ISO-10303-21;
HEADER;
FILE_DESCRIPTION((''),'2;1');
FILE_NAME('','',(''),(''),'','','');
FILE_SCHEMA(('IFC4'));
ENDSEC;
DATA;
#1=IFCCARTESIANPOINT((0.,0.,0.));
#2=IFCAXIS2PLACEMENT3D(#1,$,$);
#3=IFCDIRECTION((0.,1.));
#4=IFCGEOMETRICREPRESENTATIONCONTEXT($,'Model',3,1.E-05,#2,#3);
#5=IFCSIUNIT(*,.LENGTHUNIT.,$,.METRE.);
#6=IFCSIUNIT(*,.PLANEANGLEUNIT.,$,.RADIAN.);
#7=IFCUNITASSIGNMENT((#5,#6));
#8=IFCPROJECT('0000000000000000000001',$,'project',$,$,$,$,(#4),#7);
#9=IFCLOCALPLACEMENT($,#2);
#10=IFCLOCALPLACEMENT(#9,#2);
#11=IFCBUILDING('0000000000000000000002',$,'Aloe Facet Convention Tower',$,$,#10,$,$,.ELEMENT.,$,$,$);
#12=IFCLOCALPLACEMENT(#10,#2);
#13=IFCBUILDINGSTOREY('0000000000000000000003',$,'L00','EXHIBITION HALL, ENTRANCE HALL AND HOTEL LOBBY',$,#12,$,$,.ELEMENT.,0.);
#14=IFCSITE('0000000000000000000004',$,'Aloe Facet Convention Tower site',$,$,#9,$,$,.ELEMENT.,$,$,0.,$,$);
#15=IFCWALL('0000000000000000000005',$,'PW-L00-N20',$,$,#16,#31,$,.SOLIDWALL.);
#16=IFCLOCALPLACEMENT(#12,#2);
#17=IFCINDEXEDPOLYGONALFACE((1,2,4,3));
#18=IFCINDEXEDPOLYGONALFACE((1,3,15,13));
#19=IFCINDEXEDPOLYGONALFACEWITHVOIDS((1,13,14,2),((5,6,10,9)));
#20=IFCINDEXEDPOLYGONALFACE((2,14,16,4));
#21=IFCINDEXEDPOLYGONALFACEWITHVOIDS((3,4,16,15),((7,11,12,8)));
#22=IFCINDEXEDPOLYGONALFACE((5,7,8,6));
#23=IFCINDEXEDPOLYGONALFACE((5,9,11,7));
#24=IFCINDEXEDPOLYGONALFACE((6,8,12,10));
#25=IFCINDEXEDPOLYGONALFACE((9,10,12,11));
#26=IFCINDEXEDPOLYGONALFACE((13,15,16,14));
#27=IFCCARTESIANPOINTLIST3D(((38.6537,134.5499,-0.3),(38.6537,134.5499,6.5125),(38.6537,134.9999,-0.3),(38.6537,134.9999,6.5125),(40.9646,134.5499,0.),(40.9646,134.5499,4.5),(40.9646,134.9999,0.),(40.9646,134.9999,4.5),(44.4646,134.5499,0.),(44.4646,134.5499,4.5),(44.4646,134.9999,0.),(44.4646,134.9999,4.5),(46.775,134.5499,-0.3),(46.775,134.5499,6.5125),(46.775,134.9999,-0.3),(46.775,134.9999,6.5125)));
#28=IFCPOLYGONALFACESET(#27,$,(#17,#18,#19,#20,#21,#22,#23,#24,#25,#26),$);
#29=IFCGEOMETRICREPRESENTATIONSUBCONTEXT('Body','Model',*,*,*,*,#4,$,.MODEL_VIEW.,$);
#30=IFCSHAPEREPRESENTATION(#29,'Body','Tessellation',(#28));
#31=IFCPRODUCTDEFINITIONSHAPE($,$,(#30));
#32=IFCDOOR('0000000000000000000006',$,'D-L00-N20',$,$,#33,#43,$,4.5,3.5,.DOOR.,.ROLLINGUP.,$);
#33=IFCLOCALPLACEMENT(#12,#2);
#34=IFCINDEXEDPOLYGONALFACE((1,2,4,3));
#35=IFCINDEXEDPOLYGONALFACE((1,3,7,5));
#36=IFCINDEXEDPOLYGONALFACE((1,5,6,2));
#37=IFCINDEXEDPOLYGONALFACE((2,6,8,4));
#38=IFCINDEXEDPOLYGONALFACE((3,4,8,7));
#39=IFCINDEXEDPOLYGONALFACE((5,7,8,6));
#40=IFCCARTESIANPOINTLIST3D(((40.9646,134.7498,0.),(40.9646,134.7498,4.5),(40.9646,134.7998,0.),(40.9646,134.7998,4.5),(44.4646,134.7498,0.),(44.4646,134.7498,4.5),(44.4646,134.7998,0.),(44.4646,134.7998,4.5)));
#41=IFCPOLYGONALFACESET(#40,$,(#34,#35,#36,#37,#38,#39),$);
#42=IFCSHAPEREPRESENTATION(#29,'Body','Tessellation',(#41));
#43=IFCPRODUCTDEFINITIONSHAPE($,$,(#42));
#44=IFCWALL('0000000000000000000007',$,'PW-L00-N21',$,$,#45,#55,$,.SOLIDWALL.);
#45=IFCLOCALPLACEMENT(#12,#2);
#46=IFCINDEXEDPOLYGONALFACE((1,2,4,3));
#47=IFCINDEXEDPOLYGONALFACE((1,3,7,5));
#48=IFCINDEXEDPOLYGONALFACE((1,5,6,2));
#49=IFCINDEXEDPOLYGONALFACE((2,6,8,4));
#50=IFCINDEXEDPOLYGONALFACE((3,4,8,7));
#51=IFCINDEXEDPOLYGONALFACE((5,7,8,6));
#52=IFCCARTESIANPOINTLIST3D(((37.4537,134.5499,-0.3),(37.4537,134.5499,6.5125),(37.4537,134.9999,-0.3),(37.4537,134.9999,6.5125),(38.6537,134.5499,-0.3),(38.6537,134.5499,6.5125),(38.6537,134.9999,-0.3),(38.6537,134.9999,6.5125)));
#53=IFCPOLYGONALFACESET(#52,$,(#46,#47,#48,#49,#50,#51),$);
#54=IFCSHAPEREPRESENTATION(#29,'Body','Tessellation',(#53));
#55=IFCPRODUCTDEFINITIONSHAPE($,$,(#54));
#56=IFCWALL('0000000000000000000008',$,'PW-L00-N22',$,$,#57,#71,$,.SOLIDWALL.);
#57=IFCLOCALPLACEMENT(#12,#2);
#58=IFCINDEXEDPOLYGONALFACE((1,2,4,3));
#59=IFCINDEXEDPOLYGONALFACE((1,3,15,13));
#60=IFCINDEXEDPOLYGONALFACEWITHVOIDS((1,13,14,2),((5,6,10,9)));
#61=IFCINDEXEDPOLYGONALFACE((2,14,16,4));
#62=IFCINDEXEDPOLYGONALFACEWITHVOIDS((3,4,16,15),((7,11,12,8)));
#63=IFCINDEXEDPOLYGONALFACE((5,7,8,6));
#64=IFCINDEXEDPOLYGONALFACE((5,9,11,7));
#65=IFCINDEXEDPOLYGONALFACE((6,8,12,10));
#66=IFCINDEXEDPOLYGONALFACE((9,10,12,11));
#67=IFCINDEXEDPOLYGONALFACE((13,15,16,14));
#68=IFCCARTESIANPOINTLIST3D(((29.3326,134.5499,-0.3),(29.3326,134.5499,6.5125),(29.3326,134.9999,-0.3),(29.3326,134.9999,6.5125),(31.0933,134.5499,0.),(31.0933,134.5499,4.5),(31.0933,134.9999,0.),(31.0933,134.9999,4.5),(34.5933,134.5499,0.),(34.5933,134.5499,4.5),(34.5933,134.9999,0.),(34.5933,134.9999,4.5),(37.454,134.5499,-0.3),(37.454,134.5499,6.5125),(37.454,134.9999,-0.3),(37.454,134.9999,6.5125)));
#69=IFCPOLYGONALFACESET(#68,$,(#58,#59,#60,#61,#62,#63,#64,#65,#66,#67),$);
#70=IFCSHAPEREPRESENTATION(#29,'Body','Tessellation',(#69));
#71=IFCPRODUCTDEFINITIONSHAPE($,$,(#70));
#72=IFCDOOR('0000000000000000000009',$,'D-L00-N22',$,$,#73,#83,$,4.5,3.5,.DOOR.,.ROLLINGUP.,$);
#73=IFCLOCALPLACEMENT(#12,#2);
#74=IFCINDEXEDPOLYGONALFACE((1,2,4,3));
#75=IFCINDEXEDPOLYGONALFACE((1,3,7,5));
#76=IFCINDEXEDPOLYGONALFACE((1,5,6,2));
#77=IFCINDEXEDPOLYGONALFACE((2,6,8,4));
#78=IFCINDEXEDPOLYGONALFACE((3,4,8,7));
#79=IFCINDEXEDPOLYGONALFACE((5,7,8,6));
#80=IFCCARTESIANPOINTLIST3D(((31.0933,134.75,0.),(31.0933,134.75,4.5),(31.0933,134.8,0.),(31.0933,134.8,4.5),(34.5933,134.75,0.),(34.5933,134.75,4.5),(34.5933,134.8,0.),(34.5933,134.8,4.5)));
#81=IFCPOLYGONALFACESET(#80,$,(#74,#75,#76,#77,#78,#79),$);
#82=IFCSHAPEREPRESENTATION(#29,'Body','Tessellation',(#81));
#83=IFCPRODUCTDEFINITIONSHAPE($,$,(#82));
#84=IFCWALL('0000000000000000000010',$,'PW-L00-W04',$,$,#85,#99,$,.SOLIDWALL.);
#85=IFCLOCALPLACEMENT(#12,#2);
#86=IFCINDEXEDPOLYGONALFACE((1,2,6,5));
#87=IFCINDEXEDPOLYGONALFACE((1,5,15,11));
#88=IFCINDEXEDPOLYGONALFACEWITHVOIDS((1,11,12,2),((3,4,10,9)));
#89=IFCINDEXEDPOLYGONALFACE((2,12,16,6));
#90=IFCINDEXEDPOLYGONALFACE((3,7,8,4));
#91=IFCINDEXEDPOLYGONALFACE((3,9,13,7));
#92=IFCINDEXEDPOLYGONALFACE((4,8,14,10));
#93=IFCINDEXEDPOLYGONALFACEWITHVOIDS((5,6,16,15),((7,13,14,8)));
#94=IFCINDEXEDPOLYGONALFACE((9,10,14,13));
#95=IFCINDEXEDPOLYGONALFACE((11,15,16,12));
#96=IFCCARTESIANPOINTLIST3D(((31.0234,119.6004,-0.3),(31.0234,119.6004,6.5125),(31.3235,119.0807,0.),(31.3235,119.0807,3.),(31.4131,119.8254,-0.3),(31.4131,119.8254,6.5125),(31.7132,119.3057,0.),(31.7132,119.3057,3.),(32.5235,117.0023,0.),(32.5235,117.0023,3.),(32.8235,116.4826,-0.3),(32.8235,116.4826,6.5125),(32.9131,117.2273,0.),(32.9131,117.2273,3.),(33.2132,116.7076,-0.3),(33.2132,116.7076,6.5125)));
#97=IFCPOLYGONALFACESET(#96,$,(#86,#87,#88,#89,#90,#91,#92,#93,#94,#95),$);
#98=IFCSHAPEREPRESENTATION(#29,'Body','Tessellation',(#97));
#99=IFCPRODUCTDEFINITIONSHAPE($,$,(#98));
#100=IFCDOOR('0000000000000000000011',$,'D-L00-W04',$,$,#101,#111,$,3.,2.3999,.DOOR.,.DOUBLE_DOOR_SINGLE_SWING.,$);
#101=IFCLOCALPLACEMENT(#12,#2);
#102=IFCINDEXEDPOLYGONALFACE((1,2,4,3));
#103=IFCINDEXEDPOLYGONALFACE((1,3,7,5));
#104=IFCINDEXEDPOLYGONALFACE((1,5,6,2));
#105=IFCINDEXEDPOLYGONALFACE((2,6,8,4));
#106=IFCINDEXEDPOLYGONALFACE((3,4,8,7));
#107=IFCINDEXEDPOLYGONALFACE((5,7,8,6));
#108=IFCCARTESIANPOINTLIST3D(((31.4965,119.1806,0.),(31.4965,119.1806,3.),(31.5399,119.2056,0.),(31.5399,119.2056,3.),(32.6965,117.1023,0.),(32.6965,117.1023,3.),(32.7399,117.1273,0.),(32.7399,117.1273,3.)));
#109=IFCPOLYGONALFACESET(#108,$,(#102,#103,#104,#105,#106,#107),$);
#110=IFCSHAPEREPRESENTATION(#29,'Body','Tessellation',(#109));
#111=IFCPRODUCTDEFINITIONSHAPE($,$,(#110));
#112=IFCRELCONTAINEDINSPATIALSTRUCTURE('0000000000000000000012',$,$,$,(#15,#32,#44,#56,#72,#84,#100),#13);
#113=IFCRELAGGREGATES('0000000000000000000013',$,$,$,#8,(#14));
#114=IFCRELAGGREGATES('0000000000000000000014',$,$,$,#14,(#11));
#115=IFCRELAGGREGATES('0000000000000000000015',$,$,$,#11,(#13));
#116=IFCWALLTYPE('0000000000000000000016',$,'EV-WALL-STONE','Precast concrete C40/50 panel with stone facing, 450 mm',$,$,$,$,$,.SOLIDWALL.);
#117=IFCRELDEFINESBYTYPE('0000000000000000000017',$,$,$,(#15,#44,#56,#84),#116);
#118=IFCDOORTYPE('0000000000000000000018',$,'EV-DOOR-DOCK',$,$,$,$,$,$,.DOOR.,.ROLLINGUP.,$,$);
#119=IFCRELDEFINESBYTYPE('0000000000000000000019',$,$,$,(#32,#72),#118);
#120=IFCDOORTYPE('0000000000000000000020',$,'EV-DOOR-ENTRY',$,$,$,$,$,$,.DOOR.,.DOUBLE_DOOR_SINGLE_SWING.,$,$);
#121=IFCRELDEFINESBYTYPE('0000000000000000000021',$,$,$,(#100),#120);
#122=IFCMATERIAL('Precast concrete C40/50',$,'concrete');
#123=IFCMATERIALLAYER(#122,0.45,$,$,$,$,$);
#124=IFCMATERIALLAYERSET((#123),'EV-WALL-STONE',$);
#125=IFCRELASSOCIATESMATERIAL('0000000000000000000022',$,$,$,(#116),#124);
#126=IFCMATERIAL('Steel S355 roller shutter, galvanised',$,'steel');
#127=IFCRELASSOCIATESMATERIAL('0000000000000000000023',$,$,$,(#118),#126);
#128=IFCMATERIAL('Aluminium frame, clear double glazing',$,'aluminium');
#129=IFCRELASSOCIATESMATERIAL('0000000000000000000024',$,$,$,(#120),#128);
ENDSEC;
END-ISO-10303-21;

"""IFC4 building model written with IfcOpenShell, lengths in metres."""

from ifc_helpers import new_model, si_unit, direction, frame, frame_2d, origin, place, context, subcontext, project, spatial, rectangle, extrude, material, layer, layer_set, type_object, element, fill, save


model = new_model("IFC4")

# Units and contexts
model_context = context("Model", 3, precision=1e-05, world=origin(), true_north=direction((0.0, 1.0)))
body_context = subcontext(model_context, "Body", "Model", "MODEL_VIEW")
ifc_project = project(units=[si_unit("LENGTHUNIT", "METRE"), si_unit("PLANEANGLEUNIT", "RADIAN")], contexts=[model_context])

# Site, building, storey
site_placement = place(None, origin())
site = spatial("IfcSite", under=ifc_project, at=site_placement, Name="Aloe Facet Convention Tower site", CompositionType="ELEMENT", RefElevation=0.0)
building_placement = place(site_placement, origin())
building = spatial("IfcBuilding", under=site, at=building_placement, Name="Aloe Facet Convention Tower", CompositionType="ELEMENT")
storey_placement = place(building_placement, origin())
storey = spatial("IfcBuildingStorey", under=building, at=storey_placement, Name="L00", Description="EXHIBITION HALL, ENTRANCE HALL AND HOTEL LOBBY", CompositionType="ELEMENT", Elevation=0.0)

# Shared definitions
ifc_material_1 = material(Name="Precast concrete C40/50", Category="concrete")
ifc_layer_1 = layer(ifc_material_1, 0.45)
ifc_layer_set_1 = layer_set([ifc_layer_1], Name="EV-WALL-STONE")
wall_type = type_object("IfcWallType", Name="EV-WALL-STONE", Description="Precast concrete C40/50 panel with stone facing, 450 mm", PredefinedType="SOLIDWALL", material=ifc_layer_set_1)

# Wall, opening, door
wall_1_placement = place(storey_placement, frame((38.6538, 134.7749, -0.3), z_axis=(0.0, 0.0, 1.0), x_axis=(1.0, 0.0, 0.0)))
wall_1 = element("IfcWall", 1, at=wall_1_placement, inside=storey, type_object=wall_type, Name="PW-L00-N20", PredefinedType="SOLIDWALL", context=body_context, shape_type="SweptSolid", body=[
    extrude(rectangle(XDim=8.1213, YDim=0.45, at=frame_2d((4.0605, 0.0))), origin(), (0.0, 0.0, 1.0), 6.8125),
])
opening_1_placement = place(wall_1_placement, frame((2.3108, 0.0, 0.3)))
opening_1 = element("IfcOpeningElement", 2, at=opening_1_placement, cuts=wall_1, PredefinedType="OPENING", context=body_context, shape_type="SweptSolid", body=[
    extrude(rectangle(XDim=3.5, YDim=4.5, at=frame_2d((1.75, 2.25))), frame((0.0, 0.2349, 0.0), z_axis=(0.0, -1.0, 0.0), x_axis=(1.0, 0.0, 0.0)), (0.0, 0.0, 1.0), 0.47),
])
ifc_material_2 = material(Name="Steel S355 roller shutter, galvanised", Category="steel")
door_type_1 = type_object("IfcDoorType", Name="EV-DOOR-DOCK", OperationType="ROLLINGUP", PredefinedType="DOOR", material=ifc_material_2)
door_1_placement = place(opening_1_placement, origin())
door_1 = element("IfcDoor", 3, at=door_1_placement, inside=storey, type_object=door_type_1, Name="D-L00-N20", OperationType="ROLLINGUP", OverallHeight=4.5, OverallWidth=3.5, PredefinedType="DOOR", context=body_context, shape_type="SweptSolid", body=[
    extrude(rectangle(XDim=3.5, YDim=4.5, at=frame_2d((1.75, 2.25))), frame((0.0, 0.0249, 0.0), z_axis=(0.0, -1.0, 0.0), x_axis=(1.0, 0.0, 0.0)), (0.0, 0.0, 1.0), 0.05),
])
fill(opening_1, door_1)

# Wall
wall_2_placement = place(storey_placement, frame((38.6538, 134.7749, -0.3), z_axis=(0.0, 0.0, 1.0), x_axis=(-1.0, 0.0, 0.0)))
element("IfcWall", 4, at=wall_2_placement, inside=storey, type_object=wall_type, Name="PW-L00-N21", PredefinedType="SOLIDWALL", context=body_context, shape_type="SweptSolid", body=[
    extrude(rectangle(XDim=1.2, YDim=0.45, at=frame_2d((0.6001, 0.0))), origin(), (0.0, 0.0, 1.0), 6.8125),
])

# Walls, openings, doors
wall_3_placement = place(storey_placement, frame((37.4539, 134.7749, -0.3), z_axis=(0.0, 0.0, 1.0), x_axis=(-1.0, 0.0, 0.0)))
wall_3 = element("IfcWall", 5, at=wall_3_placement, inside=storey, type_object=wall_type, Name="PW-L00-N22", PredefinedType="SOLIDWALL", context=body_context, shape_type="SweptSolid", body=[
    extrude(rectangle(XDim=8.1213, YDim=0.45, at=frame_2d((4.0605, 0.0))), origin(), (0.0, 0.0, 1.0), 6.8125),
])
opening_2_placement = place(wall_3_placement, frame((2.8606, 0.0, 0.3)))
opening_2 = element("IfcOpeningElement", 6, at=opening_2_placement, cuts=wall_3, PredefinedType="OPENING", context=body_context, shape_type="SweptSolid", body=[
    extrude(rectangle(XDim=3.5, YDim=4.5, at=frame_2d((1.75, 2.25))), frame((0.0, 0.2349, 0.0), z_axis=(0.0, -1.0, 0.0), x_axis=(1.0, 0.0, 0.0)), (0.0, 0.0, 1.0), 0.47),
])
door_2_placement = place(opening_2_placement, origin())
door_2 = element("IfcDoor", 7, at=door_2_placement, inside=storey, type_object=door_type_1, Name="D-L00-N22", OperationType="ROLLINGUP", OverallHeight=4.5, OverallWidth=3.5, PredefinedType="DOOR", context=body_context, shape_type="SweptSolid", body=[
    extrude(rectangle(XDim=3.5, YDim=4.5, at=frame_2d((1.75, 2.25))), frame((0.0, 0.0249, 0.0), z_axis=(0.0, -1.0, 0.0), x_axis=(1.0, 0.0, 0.0)), (0.0, 0.0, 1.0), 0.05),
])
fill(opening_2, door_2)
wall_4_placement = place(storey_placement, frame((31.2183, 119.7129, -0.3), z_axis=(0.0, 0.0, 1.0), x_axis=(0.500012, -0.866018, 0.0)))
wall_4 = element("IfcWall", 8, at=wall_4_placement, inside=storey, type_object=wall_type, Name="PW-L00-W04", PredefinedType="SOLIDWALL", context=body_context, shape_type="SweptSolid", body=[
    extrude(rectangle(XDim=3.6001, YDim=0.45, at=frame_2d((1.8, 0.0))), origin(), (0.0, 0.0, 1.0), 6.8125),
])
opening_3_placement = place(wall_4_placement, frame((0.6001, 0.0, 0.3)))
opening_3 = element("IfcOpeningElement", 9, at=opening_3_placement, cuts=wall_4, PredefinedType="OPENING", context=body_context, shape_type="SweptSolid", body=[
    extrude(rectangle(XDim=2.3999, YDim=3.0, at=frame_2d((1.2, 1.5))), frame((0.0, 0.2349, 0.0), z_axis=(0.0, -1.0, 0.0), x_axis=(1.0, 0.0, 0.0)), (0.0, 0.0, 1.0), 0.47),
])
ifc_material_3 = material(Name="Aluminium frame, clear double glazing", Category="aluminium")
door_type_2 = type_object("IfcDoorType", Name="EV-DOOR-ENTRY", OperationType="DOUBLE_DOOR_SINGLE_SWING", PredefinedType="DOOR", material=ifc_material_3)
door_3_placement = place(opening_3_placement, origin())
door_3 = element("IfcDoor", 10, at=door_3_placement, inside=storey, type_object=door_type_2, Name="D-L00-W04", OperationType="DOUBLE_DOOR_SINGLE_SWING", OverallHeight=3.0, OverallWidth=2.3999, PredefinedType="DOOR", context=body_context, shape_type="SweptSolid", body=[
    extrude(rectangle(XDim=2.3999, YDim=3.0, at=frame_2d((1.2, 1.5))), frame((0.0, 0.0249, 0.0), z_axis=(0.0, -1.0, 0.0), x_axis=(1.0, 0.0, 0.0)), (0.0, 0.0, 1.0), 0.05),
])
fill(opening_3, door_3)

save(model, "model.ifc")
